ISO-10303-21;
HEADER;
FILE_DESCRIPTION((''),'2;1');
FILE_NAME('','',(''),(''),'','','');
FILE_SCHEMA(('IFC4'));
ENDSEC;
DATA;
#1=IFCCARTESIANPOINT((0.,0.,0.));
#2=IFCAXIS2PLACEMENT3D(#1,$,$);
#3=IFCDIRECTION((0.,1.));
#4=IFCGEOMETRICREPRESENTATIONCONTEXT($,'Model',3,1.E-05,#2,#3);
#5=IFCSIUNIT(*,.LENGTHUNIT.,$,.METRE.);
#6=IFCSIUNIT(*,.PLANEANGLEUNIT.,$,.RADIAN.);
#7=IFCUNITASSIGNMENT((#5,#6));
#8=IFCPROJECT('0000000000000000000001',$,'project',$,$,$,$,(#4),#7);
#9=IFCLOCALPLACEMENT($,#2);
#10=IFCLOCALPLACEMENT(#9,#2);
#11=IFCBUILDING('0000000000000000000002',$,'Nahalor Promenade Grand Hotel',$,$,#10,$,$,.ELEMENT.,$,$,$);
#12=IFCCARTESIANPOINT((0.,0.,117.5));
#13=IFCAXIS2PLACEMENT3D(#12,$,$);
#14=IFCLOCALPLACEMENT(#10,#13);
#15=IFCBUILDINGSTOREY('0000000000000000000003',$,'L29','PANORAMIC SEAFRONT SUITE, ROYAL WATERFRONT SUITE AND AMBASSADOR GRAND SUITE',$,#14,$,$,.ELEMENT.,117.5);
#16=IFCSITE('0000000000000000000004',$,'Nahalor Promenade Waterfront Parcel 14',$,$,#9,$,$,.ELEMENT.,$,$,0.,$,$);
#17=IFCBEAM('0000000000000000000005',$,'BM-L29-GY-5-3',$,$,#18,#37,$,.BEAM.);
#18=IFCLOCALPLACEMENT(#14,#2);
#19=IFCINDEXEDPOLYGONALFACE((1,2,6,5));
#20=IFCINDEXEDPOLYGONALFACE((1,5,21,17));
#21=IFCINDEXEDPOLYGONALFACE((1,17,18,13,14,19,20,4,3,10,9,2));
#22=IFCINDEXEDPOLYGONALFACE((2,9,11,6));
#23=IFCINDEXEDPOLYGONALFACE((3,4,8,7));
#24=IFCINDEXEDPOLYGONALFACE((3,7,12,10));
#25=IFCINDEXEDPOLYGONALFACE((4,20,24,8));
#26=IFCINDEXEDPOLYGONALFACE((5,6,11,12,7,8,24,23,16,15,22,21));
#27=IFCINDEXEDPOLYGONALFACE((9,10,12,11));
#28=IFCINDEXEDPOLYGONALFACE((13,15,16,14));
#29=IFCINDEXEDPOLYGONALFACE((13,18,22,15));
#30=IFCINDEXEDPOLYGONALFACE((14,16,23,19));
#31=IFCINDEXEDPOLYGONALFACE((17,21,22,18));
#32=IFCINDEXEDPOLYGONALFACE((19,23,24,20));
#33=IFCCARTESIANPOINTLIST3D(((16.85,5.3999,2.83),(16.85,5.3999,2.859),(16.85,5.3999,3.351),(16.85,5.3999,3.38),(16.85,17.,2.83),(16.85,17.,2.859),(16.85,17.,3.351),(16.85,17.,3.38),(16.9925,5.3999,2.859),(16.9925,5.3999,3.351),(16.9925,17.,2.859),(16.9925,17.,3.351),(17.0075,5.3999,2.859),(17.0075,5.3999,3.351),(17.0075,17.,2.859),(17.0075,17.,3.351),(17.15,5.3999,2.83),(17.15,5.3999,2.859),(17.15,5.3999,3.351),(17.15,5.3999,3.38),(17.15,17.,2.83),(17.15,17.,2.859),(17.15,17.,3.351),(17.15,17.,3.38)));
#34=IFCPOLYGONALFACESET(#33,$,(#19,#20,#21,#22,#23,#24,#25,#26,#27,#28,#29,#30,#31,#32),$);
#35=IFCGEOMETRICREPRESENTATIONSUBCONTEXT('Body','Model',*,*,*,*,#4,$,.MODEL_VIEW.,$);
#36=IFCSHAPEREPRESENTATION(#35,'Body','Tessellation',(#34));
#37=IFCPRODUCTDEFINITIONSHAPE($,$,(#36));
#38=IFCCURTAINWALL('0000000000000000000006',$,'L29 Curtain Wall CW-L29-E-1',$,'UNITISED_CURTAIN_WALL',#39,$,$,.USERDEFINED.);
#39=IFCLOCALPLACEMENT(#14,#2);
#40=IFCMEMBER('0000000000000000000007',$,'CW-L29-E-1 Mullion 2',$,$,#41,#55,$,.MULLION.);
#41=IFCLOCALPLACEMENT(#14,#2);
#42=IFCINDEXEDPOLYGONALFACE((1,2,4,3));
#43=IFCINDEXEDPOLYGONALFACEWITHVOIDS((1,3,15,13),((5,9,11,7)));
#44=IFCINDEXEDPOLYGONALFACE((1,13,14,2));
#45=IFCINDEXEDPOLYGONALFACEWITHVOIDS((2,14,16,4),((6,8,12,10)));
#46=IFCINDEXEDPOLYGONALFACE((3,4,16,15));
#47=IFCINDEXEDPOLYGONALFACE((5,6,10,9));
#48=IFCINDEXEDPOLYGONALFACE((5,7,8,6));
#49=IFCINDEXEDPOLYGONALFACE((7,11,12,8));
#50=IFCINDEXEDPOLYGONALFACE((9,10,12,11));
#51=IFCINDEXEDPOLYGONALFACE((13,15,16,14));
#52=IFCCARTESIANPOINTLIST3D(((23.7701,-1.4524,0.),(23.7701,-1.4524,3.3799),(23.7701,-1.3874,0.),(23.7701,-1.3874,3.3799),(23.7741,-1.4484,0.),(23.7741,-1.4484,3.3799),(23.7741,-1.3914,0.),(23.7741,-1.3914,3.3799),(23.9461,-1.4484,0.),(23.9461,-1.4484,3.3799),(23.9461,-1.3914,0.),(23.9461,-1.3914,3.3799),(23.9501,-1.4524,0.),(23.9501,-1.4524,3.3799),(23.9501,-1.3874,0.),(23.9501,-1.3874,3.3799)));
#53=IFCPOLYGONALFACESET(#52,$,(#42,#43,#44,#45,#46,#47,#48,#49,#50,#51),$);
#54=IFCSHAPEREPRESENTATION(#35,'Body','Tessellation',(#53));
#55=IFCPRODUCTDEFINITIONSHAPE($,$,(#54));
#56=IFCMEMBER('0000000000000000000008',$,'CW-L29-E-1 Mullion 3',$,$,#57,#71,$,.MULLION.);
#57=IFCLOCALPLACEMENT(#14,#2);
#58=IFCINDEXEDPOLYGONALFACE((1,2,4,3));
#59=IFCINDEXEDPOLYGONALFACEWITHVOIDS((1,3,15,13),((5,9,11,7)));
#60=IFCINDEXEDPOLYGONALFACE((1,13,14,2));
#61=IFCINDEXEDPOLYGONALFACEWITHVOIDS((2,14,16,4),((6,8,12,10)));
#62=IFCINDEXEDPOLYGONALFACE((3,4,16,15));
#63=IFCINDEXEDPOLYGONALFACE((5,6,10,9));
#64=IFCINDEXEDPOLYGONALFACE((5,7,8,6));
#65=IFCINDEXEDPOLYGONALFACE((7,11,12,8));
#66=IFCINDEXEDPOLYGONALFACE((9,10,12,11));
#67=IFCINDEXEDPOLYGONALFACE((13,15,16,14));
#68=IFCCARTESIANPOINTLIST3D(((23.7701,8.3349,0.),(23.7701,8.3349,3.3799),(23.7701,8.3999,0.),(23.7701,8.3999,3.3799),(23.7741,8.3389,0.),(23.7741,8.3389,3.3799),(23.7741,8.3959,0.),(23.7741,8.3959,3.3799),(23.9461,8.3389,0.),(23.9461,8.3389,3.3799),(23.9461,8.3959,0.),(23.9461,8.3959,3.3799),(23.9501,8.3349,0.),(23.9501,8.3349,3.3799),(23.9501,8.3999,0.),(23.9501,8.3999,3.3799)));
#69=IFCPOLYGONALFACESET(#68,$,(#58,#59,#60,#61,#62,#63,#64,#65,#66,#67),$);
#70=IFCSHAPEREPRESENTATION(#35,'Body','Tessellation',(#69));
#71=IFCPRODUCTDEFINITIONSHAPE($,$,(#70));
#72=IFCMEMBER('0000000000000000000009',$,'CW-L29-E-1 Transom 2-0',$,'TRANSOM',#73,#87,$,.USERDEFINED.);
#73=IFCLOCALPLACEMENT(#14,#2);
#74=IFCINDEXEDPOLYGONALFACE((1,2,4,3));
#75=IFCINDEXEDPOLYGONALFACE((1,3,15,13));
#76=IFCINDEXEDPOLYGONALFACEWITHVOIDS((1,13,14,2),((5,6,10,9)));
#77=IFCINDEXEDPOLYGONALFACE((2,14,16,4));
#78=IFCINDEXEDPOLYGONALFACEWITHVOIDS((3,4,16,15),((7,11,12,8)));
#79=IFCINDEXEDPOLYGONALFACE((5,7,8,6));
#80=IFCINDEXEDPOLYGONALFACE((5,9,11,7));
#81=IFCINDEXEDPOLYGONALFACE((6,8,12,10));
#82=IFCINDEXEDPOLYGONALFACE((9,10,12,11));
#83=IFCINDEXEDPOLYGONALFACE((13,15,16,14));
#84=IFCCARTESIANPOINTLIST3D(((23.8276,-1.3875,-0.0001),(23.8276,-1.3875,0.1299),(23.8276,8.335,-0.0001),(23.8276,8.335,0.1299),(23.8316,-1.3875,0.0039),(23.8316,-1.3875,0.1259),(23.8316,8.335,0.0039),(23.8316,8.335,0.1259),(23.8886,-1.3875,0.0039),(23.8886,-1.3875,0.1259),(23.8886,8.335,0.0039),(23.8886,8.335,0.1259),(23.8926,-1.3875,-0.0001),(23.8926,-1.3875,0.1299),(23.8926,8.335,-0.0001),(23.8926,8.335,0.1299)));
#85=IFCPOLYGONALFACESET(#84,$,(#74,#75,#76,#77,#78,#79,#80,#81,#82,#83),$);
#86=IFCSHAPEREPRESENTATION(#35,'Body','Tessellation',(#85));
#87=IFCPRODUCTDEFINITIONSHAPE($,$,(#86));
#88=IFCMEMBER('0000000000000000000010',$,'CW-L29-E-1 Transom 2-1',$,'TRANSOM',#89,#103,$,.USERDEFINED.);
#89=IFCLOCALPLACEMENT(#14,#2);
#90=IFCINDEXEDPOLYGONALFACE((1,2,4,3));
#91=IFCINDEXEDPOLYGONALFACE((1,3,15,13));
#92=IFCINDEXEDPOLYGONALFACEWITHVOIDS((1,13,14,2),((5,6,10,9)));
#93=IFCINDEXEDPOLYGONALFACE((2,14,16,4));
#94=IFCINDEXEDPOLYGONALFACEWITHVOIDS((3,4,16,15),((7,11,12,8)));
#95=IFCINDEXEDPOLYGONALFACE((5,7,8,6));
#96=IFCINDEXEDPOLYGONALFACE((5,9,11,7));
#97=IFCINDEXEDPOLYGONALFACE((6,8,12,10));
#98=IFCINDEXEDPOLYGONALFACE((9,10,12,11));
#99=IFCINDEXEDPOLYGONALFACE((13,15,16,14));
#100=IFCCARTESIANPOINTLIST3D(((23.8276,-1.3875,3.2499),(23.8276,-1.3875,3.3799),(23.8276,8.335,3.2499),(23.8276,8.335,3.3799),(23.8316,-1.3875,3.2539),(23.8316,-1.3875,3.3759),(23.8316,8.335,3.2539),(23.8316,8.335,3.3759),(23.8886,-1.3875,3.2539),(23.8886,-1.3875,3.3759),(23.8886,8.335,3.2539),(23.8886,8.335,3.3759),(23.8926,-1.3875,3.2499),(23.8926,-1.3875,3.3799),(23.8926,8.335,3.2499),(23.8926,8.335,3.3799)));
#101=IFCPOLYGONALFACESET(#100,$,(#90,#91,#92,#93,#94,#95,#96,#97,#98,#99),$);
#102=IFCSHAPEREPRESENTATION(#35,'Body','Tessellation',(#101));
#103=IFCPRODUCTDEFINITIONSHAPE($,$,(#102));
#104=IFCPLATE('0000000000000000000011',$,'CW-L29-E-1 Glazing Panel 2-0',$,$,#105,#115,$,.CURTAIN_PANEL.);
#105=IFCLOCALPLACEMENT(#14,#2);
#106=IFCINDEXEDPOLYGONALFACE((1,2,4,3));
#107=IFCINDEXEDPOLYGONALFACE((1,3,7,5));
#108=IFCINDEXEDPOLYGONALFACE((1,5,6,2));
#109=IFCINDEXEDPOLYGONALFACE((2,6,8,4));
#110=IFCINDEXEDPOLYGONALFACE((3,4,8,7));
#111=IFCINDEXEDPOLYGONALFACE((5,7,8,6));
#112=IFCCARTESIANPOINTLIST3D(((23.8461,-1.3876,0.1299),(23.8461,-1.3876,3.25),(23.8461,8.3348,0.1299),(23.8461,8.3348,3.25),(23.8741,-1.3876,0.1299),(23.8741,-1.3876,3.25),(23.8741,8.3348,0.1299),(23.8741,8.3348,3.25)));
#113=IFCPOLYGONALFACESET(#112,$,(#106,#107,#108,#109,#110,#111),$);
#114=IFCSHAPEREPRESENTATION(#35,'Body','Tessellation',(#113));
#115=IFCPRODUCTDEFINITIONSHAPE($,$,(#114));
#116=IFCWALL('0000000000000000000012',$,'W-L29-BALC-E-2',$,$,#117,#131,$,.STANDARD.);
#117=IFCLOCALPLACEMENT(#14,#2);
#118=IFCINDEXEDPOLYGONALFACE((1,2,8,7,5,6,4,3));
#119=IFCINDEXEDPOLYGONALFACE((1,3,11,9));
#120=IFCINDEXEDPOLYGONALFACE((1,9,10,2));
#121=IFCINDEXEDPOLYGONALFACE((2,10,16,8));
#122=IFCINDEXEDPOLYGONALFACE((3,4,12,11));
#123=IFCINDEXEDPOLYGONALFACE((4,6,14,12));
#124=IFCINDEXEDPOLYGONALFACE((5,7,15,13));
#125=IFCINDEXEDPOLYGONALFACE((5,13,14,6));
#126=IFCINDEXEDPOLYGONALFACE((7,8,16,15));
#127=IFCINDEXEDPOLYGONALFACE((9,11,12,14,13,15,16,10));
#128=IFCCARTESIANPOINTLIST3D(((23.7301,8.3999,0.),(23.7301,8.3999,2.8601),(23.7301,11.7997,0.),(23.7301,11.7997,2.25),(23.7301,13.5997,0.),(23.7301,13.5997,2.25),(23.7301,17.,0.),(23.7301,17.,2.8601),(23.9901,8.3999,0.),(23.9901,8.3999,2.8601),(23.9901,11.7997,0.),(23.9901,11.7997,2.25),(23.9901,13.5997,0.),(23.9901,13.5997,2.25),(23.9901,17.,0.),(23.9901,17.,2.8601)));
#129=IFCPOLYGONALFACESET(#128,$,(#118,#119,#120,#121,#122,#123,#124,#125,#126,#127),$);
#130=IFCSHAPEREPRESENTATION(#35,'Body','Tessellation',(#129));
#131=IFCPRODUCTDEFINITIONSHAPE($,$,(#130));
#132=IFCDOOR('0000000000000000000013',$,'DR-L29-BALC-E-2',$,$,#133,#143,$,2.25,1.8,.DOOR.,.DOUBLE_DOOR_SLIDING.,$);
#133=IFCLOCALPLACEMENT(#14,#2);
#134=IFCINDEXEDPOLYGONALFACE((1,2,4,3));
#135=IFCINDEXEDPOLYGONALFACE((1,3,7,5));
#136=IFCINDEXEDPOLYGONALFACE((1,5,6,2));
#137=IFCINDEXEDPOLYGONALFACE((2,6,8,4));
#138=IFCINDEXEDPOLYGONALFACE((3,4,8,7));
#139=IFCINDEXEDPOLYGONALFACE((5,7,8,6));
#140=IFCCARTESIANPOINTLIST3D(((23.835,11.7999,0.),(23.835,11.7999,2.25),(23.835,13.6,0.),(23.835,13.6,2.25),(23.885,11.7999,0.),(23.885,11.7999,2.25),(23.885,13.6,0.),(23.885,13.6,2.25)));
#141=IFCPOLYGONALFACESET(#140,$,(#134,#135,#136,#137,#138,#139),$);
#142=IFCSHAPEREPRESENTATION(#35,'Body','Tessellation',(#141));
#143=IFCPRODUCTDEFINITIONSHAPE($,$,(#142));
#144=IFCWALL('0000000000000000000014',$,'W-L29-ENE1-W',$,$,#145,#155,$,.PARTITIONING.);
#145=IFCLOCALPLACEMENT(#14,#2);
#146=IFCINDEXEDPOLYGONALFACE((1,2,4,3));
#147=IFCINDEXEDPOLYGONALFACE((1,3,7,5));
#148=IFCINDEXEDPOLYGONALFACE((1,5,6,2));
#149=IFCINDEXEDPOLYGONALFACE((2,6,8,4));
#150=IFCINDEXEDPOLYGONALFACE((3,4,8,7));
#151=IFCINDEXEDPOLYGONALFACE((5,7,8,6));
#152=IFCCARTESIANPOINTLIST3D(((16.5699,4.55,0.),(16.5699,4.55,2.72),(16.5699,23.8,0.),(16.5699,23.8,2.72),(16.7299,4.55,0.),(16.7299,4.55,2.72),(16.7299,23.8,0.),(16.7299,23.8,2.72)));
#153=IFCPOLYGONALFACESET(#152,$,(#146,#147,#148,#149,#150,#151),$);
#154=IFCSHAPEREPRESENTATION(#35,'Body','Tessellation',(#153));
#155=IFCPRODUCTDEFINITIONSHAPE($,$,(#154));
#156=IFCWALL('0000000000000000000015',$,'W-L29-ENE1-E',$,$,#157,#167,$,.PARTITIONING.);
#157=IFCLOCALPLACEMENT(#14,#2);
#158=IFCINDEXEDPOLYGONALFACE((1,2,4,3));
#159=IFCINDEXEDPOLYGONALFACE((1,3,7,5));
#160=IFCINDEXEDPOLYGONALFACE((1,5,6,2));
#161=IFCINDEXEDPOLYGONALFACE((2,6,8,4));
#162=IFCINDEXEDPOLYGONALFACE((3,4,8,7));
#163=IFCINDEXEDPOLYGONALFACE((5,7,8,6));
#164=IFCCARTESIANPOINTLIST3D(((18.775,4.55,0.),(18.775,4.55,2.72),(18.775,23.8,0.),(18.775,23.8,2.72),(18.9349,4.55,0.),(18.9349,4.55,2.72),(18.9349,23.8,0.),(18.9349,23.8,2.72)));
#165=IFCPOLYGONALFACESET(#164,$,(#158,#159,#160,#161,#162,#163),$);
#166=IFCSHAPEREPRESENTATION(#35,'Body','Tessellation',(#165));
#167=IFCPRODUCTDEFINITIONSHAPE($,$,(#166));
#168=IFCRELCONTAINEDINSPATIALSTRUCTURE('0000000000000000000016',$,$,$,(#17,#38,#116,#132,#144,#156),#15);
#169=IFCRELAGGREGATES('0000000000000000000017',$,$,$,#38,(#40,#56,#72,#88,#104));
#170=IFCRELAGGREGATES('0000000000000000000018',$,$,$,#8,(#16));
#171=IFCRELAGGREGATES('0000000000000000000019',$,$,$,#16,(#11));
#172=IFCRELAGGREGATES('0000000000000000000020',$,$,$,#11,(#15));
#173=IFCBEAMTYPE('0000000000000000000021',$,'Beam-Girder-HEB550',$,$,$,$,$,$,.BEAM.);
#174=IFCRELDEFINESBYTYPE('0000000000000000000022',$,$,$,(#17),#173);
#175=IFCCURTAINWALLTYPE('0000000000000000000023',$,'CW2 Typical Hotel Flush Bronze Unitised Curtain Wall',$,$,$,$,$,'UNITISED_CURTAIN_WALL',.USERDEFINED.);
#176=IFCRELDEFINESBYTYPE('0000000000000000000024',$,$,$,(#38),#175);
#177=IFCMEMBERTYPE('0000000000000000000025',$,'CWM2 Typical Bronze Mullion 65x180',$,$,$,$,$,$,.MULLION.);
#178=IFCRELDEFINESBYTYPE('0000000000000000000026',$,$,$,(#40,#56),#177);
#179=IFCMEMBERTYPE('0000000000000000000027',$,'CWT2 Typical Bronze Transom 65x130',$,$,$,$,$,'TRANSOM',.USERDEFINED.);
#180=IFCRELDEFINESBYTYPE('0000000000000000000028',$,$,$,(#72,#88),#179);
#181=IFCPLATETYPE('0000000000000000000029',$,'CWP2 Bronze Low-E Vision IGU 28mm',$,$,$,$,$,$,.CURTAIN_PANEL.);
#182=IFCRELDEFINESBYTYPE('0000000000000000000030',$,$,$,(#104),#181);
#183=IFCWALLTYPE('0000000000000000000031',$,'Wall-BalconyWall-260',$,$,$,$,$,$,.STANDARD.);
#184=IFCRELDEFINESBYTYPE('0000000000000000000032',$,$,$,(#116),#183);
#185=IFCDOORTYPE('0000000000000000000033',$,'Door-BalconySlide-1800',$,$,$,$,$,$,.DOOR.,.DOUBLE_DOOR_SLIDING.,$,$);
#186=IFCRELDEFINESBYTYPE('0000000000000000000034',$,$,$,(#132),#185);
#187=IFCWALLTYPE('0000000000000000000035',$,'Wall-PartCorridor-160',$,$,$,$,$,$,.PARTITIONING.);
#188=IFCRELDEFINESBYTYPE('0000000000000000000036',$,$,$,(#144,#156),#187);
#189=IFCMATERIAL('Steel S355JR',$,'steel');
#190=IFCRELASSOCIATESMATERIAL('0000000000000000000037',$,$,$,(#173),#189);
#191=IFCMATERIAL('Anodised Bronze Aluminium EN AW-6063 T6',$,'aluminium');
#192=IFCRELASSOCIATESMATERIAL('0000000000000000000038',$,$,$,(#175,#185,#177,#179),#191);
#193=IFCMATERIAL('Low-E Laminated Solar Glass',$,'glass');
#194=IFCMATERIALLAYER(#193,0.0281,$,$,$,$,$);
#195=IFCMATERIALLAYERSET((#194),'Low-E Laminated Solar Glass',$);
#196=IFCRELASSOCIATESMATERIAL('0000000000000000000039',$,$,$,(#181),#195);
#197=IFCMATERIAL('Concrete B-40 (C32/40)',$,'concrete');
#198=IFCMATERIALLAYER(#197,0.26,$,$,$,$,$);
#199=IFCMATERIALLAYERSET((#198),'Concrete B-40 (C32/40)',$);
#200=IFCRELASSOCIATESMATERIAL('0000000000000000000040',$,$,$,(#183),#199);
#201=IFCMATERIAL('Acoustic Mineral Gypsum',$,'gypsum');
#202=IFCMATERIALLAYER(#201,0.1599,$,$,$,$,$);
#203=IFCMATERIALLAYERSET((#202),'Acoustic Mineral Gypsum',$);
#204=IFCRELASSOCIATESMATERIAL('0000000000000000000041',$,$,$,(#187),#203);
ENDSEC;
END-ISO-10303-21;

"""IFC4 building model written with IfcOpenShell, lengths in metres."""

from ifc_helpers import new_model, si_unit, direction, frame, frame_2d, origin, origin_2d, place, context, subcontext, project, spatial, rectangle, hollow_rectangle, i_section, extrude, source, transform, mapped, material, layer, layer_set, material_profile, profile_set, type_object, element, fill, aggregate, save


model = new_model("IFC4")

# Units and contexts
model_context = context("Model", 3, precision=1e-05, world=origin(), true_north=direction((0.0, 1.0)))
body_context = subcontext(model_context, "Body", "Model", "MODEL_VIEW")
ifc_project = project(units=[si_unit("LENGTHUNIT", "METRE"), si_unit("PLANEANGLEUNIT", "RADIAN")], contexts=[model_context])

# Site, building, storey
site_placement = place(None, origin())
site = spatial("IfcSite", under=ifc_project, at=site_placement, Name="Nahalor Promenade Waterfront Parcel 14", CompositionType="ELEMENT", RefElevation=0.0)
building_placement = place(site_placement, origin())
building = spatial("IfcBuilding", under=site, at=building_placement, Name="Nahalor Promenade Grand Hotel", CompositionType="ELEMENT")
storey_placement = place(building_placement, frame((0.0, 0.0, 117.5)))
storey = spatial("IfcBuildingStorey", under=building, at=storey_placement, Name="L29", Description="PANORAMIC SEAFRONT SUITE, ROYAL WATERFRONT SUITE AND AMBASSADOR GRAND SUITE", CompositionType="ELEMENT", Elevation=117.5)

# Beam
ifc_material_1 = material(Name="Steel S355JR", Category="steel")
ifc_material_profile_1 = material_profile(ifc_material_1, i_section(OverallWidth=0.3, OverallDepth=0.55, WebThickness=0.015, FlangeThickness=0.029, at=origin_2d()), Name="HEB 550")
ifc_profile_set_1 = profile_set([ifc_material_profile_1], Name="Steel S355JR")
beam_type_1 = type_object("IfcBeamType", Name="Beam-Girder-HEB550", PredefinedType="BEAM", material=ifc_profile_set_1)
shared_shape_1 = source(origin(), body_context, "Body", "SweptSolid", [
    extrude(i_section(OverallWidth=0.3, OverallDepth=0.55, WebThickness=0.015, FlangeThickness=0.029, at=origin_2d()), origin(), (0.0, 0.0, 1.0), 11.6001),
])
beam_1_placement = place(storey_placement, frame((17.0, 5.3999, 3.105), z_axis=(0.0, 1.0, 0.0), x_axis=(-1.0, 0.0, 0.0)))
element("IfcBeam", 1, at=beam_1_placement, inside=storey, type_object=beam_type_1, Name="BM-L29-GY-5-3", PredefinedType="BEAM", context=body_context, shape_type="MappedRepresentation", body=[
    mapped(shared_shape_1, transform((0.0, 0.0, 0.0), scale=1.0)),
])

# Curtain wall, members, plate
ifc_material_2 = material(Name="Anodised Bronze Aluminium EN AW-6063 T6", Category="aluminium")
curtain_wall_type = type_object("IfcCurtainWallType", Name="CW2 Typical Hotel Flush Bronze Unitised Curtain Wall", ElementType="UNITISED_CURTAIN_WALL", PredefinedType="USERDEFINED", material=ifc_material_2)
curtain_wall_placement = place(storey_placement, origin())
curtain_wall = element("IfcCurtainWall", 2, at=curtain_wall_placement, inside=storey, type_object=curtain_wall_type, Name="L29 Curtain Wall CW-L29-E-1", ObjectType="UNITISED_CURTAIN_WALL", PredefinedType="USERDEFINED")
ifc_material_profile_2 = material_profile(ifc_material_2, hollow_rectangle(XDim=0.065, YDim=0.18, WallThickness=0.004, at=origin_2d()), Name="CWM 65x180x4")
ifc_profile_set_2 = profile_set([ifc_material_profile_2], Name="Anodised Bronze Aluminium EN AW-6063 T6")
member_type_1 = type_object("IfcMemberType", Name="CWM2 Typical Bronze Mullion 65x180", PredefinedType="MULLION", material=ifc_profile_set_2)
shared_shape_2 = source(origin(), body_context, "Body", "SweptSolid", [
    extrude(hollow_rectangle(XDim=0.065, YDim=0.18, WallThickness=0.004, at=origin_2d()), origin(), (0.0, 0.0, 1.0), 3.3799),
])
member_1_placement = place(storey_placement, frame((23.8601, -1.4199, 0.0), z_axis=(0.0, 0.0, 1.0), x_axis=(0.0, 1.0, 0.0)))
member_1 = element("IfcMember", 3, at=member_1_placement, type_object=member_type_1, Name="CW-L29-E-1 Mullion 2", PredefinedType="MULLION", context=body_context, shape_type="MappedRepresentation", body=[
    mapped(shared_shape_2, transform((0.0, 0.0, 0.0), scale=1.0)),
])
member_2_placement = place(storey_placement, frame((23.8601, 8.3674, 0.0), z_axis=(0.0, 0.0, 1.0), x_axis=(0.0, 1.0, 0.0)))
member_2 = element("IfcMember", 4, at=member_2_placement, type_object=member_type_1, Name="CW-L29-E-1 Mullion 3", PredefinedType="MULLION", context=body_context, shape_type="MappedRepresentation", body=[
    mapped(shared_shape_2, transform((0.0, 0.0, 0.0), scale=1.0)),
])
ifc_material_profile_3 = material_profile(ifc_material_2, hollow_rectangle(XDim=0.065, YDim=0.13, WallThickness=0.004, at=origin_2d()), Name="CWT 65x130x4")
ifc_profile_set_3 = profile_set([ifc_material_profile_3], Name="Anodised Bronze Aluminium EN AW-6063 T6")
member_type_2 = type_object("IfcMemberType", Name="CWT2 Typical Bronze Transom 65x130", ElementType="TRANSOM", PredefinedType="USERDEFINED", material=ifc_profile_set_3)
shared_shape_3 = source(origin(), body_context, "Body", "SweptSolid", [
    extrude(hollow_rectangle(XDim=0.065, YDim=0.13, WallThickness=0.004, at=origin_2d()), origin(), (0.0, 0.0, 1.0), 9.7224),
])
member_3_placement = place(storey_placement, frame((23.8601, -1.3875, 0.0649), z_axis=(0.0, 1.0, 0.0), x_axis=(-1.0, 0.0, 0.0)))
member_3 = element("IfcMember", 5, at=member_3_placement, type_object=member_type_2, Name="CW-L29-E-1 Transom 2-0", ObjectType="TRANSOM", PredefinedType="USERDEFINED", context=body_context, shape_type="MappedRepresentation", body=[
    mapped(shared_shape_3, transform((0.0, 0.0, 0.0), scale=1.0)),
])
member_4_placement = place(storey_placement, frame((23.8601, -1.3875, 3.3149), z_axis=(0.0, 1.0, 0.0), x_axis=(-1.0, 0.0, 0.0)))
member_4 = element("IfcMember", 6, at=member_4_placement, type_object=member_type_2, Name="CW-L29-E-1 Transom 2-1", ObjectType="TRANSOM", PredefinedType="USERDEFINED", context=body_context, shape_type="MappedRepresentation", body=[
    mapped(shared_shape_3, transform((0.0, 0.0, 0.0), scale=1.0)),
])
ifc_material_3 = material(Name="Low-E Laminated Solar Glass", Category="glass")
ifc_layer_1 = layer(ifc_material_3, 0.0281)
ifc_layer_set_1 = layer_set([ifc_layer_1], Name="Low-E Laminated Solar Glass")
plate_type = type_object("IfcPlateType", Name="CWP2 Bronze Low-E Vision IGU 28mm", PredefinedType="CURTAIN_PANEL", material=ifc_layer_set_1)
shared_shape_4 = source(origin(), body_context, "Body", "SweptSolid", [
    extrude(rectangle(XDim=9.7224, YDim=0.0281, at=origin_2d()), origin(), (0.0, 0.0, 1.0), 3.1201),
])
plate_placement = place(storey_placement, frame((23.8601, 3.4736, 0.1299), z_axis=(0.0, 0.0, 1.0), x_axis=(0.0, 1.0, 0.0)))
plate = element("IfcPlate", 7, at=plate_placement, type_object=plate_type, Name="CW-L29-E-1 Glazing Panel 2-0", PredefinedType="CURTAIN_PANEL", context=body_context, shape_type="MappedRepresentation", body=[
    mapped(shared_shape_4, transform((0.0, 0.0, 0.0), scale=1.0)),
])
aggregate(curtain_wall, [member_1, member_2, member_3, member_4, plate])

# Wall, opening, door
ifc_material_4 = material(Name="Concrete B-40 (C32/40)", Category="concrete")
ifc_layer_2 = layer(ifc_material_4, 0.26)
ifc_layer_set_2 = layer_set([ifc_layer_2], Name="Concrete B-40 (C32/40)")
wall_type_1 = type_object("IfcWallType", Name="Wall-BalconyWall-260", PredefinedType="STANDARD", material=ifc_layer_set_2)
shared_shape_5 = source(origin(), body_context, "Body", "SweptSolid", [
    extrude(rectangle(XDim=8.6001, YDim=0.26, at=frame_2d((4.3, 0.0))), origin(), (0.0, 0.0, 1.0), 2.8601),
])
wall_1_placement = place(storey_placement, frame((23.8601, 8.3999, 0.0), z_axis=(0.0, 0.0, 1.0), x_axis=(0.0, 1.0, 0.0)))
wall_1 = element("IfcWall", 8, at=wall_1_placement, inside=storey, type_object=wall_type_1, Name="W-L29-BALC-E-2", PredefinedType="STANDARD", context=body_context, shape_type="MappedRepresentation", body=[
    mapped(shared_shape_5, transform((0.0, 0.0, 0.0), scale=1.0)),
])
opening_1_placement = place(wall_1_placement, frame((3.3999, 0.0, 0.0)))
opening_1 = element("IfcOpeningElement", 9, at=opening_1_placement, cuts=wall_1, PredefinedType="OPENING", context=body_context, shape_type="SweptSolid", body=[
    extrude(rectangle(XDim=1.8, YDim=2.25, at=frame_2d((0.8999, 1.125))), frame((0.0, 0.1399, 0.0), z_axis=(0.0, -1.0, 0.0), x_axis=(1.0, 0.0, 0.0)), (0.0, 0.0, 1.0), 0.28),
])
door_type_1 = type_object("IfcDoorType", Name="Door-BalconySlide-1800", OperationType="DOUBLE_DOOR_SLIDING", PredefinedType="DOOR", material=ifc_material_2)
shared_shape_6 = source(origin(), body_context, "Body", "SweptSolid", [
    extrude(rectangle(XDim=1.8, YDim=2.25, at=frame_2d((0.8999, 1.125))), frame((0.0, 0.0249, 0.0), z_axis=(0.0, -1.0, 0.0), x_axis=(1.0, 0.0, 0.0)), (0.0, 0.0, 1.0), 0.05),
])
door_1_placement = place(opening_1_placement, frame((1.8, 0.0, 0.0), z_axis=(0.0, 0.0, 1.0), x_axis=(-1.0, 0.0, 0.0)))
door_1 = element("IfcDoor", 10, at=door_1_placement, inside=storey, type_object=door_type_1, Name="DR-L29-BALC-E-2", OperationType="DOUBLE_DOOR_SLIDING", OverallHeight=2.25, OverallWidth=1.8, PredefinedType="DOOR", context=body_context, shape_type="MappedRepresentation", body=[
    mapped(shared_shape_6, transform((0.0, 0.0, 0.0), scale=1.0)),
])
fill(opening_1, door_1)

# Walls
ifc_material_5 = material(Name="Acoustic Mineral Gypsum", Category="gypsum")
ifc_layer_3 = layer(ifc_material_5, 0.1599)
ifc_layer_set_3 = layer_set([ifc_layer_3], Name="Acoustic Mineral Gypsum")
wall_type_2 = type_object("IfcWallType", Name="Wall-PartCorridor-160", PredefinedType="PARTITIONING", material=ifc_layer_set_3)
shared_shape_7 = source(origin(), body_context, "Body", "SweptSolid", [
    extrude(rectangle(XDim=19.25, YDim=0.1599, at=frame_2d((9.625, 0.0))), origin(), (0.0, 0.0, 1.0), 2.72),
])
for number, where, z_axis, x_axis, name in (
    (11, (16.6499, 4.55, 0.0), (0.0, 0.0, 1.0), (0.0, 1.0, 0.0), "W-L29-ENE1-W"),
    (12, (18.855, 4.55, 0.0), (0.0, 0.0, 1.0), (0.0, 1.0, 0.0), "W-L29-ENE1-E"),
):
    element("IfcWall", number, at=place(storey_placement, frame(where, z_axis=z_axis, x_axis=x_axis)), inside=storey, type_object=wall_type_2, Name=name, PredefinedType="PARTITIONING", context=body_context, shape_type="MappedRepresentation", body=[
        mapped(shared_shape_7, transform((0.0, 0.0, 0.0), scale=1.0)),
    ])

save(model, "model.ifc")
